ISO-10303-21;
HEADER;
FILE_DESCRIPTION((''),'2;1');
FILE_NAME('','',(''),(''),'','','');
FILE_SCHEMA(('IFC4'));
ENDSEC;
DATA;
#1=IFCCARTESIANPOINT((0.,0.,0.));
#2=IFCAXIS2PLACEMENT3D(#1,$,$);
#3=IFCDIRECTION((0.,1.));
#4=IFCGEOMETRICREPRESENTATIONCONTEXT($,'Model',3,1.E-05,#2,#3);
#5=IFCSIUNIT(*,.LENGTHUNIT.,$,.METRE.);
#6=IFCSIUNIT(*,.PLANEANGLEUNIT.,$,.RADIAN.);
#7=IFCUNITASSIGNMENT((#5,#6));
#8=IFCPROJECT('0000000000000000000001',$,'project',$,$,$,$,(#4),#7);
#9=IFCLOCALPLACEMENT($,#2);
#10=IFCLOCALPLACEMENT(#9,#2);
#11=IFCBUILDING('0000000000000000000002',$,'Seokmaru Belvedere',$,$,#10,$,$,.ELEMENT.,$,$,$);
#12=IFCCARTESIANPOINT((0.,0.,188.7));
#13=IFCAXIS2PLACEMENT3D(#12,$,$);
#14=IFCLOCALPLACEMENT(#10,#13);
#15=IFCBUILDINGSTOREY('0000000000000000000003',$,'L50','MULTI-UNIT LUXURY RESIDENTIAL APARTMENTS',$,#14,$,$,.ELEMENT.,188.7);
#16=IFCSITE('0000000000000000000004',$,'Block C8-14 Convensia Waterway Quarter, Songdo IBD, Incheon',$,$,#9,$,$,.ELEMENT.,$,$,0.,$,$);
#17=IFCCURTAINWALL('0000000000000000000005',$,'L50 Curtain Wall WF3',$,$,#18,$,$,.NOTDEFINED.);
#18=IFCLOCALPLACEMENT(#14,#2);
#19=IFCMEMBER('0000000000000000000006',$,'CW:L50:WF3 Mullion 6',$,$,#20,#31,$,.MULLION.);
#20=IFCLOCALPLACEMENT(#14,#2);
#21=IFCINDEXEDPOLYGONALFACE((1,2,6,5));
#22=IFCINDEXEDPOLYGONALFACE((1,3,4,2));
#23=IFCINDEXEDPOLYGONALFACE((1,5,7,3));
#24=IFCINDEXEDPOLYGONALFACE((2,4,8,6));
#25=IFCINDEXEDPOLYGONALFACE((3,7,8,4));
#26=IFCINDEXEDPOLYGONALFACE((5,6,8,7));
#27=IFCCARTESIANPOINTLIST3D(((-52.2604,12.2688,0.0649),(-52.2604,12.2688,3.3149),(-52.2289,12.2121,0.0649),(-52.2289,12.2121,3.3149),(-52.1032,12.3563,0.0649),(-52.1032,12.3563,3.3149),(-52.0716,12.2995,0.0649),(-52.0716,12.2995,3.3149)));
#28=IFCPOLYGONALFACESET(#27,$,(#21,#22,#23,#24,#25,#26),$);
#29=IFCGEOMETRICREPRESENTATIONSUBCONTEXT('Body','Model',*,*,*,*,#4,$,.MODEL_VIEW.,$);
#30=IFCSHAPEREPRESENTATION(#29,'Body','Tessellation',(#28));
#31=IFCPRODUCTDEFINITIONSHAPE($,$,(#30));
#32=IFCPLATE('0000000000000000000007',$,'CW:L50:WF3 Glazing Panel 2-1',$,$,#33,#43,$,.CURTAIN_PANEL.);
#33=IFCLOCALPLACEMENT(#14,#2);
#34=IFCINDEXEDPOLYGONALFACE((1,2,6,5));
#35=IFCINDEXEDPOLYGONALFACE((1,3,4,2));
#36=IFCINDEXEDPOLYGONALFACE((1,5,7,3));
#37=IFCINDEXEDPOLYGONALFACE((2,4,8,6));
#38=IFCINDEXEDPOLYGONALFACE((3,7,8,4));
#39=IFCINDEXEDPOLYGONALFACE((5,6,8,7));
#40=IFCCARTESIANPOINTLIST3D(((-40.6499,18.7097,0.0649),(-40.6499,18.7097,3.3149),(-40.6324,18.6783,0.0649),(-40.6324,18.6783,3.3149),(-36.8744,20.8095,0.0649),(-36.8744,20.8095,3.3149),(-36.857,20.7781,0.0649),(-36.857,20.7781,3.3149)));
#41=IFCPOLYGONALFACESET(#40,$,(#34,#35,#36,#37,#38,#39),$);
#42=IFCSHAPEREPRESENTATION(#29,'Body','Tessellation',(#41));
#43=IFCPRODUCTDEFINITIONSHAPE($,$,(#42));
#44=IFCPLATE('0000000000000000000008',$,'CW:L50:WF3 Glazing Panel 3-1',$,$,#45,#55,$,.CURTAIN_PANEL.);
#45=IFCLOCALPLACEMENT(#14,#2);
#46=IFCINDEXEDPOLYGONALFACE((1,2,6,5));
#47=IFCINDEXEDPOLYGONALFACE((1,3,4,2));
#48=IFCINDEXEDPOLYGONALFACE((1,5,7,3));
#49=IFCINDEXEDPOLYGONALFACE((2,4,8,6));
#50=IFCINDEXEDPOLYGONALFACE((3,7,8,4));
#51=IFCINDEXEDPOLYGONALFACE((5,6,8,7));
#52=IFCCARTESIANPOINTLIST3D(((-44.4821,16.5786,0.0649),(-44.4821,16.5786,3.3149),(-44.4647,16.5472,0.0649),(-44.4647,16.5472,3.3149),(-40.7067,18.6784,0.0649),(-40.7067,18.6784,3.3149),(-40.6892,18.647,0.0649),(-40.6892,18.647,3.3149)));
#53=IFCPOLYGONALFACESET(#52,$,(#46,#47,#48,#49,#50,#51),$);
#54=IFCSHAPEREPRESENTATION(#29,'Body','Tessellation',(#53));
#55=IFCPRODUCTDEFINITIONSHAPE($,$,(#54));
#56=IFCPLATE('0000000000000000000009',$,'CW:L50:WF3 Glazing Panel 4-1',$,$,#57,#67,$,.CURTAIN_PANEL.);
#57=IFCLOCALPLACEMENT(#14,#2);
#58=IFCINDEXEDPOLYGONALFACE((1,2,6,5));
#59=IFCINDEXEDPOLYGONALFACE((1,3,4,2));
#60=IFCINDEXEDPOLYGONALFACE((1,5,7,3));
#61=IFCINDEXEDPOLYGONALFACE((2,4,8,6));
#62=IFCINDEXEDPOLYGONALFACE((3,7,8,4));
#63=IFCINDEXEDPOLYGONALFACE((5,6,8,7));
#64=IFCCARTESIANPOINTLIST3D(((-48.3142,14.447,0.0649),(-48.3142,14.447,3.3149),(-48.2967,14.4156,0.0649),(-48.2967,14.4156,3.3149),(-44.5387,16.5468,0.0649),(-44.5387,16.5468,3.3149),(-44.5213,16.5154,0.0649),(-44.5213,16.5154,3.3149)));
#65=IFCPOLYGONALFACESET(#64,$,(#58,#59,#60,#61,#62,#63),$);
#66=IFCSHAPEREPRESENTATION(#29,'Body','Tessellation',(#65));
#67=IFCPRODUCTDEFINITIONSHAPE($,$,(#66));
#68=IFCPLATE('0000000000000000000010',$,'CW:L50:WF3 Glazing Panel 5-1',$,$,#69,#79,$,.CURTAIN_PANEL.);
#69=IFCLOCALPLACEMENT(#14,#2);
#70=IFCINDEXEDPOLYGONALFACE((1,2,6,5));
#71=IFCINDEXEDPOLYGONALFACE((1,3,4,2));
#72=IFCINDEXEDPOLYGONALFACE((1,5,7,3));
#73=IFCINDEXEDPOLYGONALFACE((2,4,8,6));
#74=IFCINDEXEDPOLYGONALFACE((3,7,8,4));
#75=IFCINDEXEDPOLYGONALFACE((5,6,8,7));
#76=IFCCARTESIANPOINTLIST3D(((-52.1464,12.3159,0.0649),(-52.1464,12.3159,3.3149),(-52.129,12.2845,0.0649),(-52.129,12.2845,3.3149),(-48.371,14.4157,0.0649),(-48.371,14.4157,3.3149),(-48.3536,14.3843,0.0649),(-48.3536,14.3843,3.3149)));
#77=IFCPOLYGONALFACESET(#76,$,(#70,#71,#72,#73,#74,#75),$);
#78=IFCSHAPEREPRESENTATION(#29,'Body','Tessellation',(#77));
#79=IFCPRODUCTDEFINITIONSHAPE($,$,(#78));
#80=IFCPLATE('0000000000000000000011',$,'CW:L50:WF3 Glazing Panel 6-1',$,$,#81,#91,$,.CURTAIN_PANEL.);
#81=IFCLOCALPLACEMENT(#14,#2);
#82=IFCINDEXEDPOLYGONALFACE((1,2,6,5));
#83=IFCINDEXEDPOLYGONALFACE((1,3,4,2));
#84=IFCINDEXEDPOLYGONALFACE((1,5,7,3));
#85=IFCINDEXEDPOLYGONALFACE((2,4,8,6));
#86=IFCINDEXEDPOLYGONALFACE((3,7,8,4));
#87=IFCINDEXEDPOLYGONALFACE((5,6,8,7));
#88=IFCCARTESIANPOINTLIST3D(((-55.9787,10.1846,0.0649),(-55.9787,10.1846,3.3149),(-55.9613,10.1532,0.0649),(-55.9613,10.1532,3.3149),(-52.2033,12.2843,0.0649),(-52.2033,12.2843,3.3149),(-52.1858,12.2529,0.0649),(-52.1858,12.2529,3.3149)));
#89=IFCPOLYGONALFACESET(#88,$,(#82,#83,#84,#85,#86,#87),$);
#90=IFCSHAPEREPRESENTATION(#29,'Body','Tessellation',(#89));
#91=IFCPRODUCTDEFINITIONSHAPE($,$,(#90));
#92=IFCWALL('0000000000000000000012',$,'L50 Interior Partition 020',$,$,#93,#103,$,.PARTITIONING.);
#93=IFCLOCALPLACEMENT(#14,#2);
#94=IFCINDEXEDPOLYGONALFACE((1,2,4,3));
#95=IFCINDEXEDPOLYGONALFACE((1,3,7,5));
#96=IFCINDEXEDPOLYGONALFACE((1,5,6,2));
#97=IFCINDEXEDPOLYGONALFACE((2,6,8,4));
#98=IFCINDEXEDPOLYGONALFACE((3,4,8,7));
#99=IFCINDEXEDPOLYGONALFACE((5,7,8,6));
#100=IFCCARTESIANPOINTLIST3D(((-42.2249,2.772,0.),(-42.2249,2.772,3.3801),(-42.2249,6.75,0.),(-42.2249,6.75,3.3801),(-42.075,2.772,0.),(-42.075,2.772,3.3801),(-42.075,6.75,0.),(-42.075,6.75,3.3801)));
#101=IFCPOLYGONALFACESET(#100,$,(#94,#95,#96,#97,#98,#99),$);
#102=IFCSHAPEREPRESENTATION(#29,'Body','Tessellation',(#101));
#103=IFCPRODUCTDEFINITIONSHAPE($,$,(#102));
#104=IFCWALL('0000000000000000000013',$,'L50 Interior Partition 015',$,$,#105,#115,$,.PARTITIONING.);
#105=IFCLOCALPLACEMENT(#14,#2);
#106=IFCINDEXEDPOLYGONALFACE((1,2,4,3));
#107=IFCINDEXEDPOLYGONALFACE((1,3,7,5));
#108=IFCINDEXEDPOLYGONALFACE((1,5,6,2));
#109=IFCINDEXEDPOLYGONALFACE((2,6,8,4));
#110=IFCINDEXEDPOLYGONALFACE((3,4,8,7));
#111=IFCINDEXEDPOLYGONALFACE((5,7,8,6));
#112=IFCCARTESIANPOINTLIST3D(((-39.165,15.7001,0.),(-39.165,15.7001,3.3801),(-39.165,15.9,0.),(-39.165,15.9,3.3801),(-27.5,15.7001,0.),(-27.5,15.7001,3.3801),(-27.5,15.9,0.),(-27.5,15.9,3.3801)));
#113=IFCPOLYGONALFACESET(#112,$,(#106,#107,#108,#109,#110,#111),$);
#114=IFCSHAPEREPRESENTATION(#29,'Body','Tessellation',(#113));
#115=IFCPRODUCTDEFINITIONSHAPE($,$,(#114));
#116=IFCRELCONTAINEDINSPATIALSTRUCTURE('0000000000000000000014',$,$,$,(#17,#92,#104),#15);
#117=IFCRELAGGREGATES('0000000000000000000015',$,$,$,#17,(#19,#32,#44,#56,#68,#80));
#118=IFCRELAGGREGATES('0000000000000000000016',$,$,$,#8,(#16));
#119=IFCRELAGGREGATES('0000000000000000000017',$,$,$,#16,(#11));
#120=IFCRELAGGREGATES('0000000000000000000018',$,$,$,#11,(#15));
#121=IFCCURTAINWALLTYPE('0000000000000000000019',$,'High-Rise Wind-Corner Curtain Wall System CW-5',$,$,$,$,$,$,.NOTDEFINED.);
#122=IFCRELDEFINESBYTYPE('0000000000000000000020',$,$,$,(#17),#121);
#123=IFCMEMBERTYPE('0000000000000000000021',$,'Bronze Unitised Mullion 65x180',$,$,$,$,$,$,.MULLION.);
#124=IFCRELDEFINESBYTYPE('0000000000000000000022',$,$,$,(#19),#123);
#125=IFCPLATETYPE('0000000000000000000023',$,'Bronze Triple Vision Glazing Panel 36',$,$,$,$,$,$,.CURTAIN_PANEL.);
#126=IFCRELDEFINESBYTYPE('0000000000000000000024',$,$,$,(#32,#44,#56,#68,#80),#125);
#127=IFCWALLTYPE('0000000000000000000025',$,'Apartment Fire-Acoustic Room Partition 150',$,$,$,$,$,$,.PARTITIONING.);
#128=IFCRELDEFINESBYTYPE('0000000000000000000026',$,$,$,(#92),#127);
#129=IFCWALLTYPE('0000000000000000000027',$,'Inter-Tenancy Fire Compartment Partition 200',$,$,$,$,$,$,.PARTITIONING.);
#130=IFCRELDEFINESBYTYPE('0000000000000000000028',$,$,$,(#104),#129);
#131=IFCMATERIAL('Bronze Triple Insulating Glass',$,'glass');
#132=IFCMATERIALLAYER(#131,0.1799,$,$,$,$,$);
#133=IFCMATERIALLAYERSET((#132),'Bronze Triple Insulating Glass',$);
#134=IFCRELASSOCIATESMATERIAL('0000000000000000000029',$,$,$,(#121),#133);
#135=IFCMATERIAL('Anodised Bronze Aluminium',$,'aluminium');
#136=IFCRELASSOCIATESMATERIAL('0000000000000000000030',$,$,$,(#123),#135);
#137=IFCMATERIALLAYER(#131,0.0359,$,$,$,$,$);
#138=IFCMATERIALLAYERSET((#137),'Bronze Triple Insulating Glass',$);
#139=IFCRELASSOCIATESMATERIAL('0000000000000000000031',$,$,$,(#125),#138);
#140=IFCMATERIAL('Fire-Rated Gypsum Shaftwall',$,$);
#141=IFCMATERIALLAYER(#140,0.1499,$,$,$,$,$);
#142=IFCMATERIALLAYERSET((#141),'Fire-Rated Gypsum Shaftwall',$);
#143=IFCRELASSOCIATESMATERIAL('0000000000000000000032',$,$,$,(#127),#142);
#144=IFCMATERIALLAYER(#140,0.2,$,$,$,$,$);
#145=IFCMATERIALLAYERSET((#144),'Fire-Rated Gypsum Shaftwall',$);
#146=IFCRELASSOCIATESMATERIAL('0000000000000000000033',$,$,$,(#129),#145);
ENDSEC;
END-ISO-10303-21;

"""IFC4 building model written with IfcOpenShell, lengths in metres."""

from ifc_helpers import new_model, si_unit, direction, frame, frame_2d, origin, origin_2d, place, context, subcontext, project, spatial, rectangle, extrude, source, transform, mapped, material, layer, layer_set, material_profile, profile_set, type_object, type_shapes, element, aggregate, save


model = new_model("IFC4")

# Units and contexts
model_context = context("Model", 3, precision=1e-05, world=origin(), true_north=direction((0.0, 1.0)))
body_context = subcontext(model_context, "Body", "Model", "MODEL_VIEW")
ifc_project = project(units=[si_unit("LENGTHUNIT", "METRE"), si_unit("PLANEANGLEUNIT", "RADIAN")], contexts=[model_context])

# Site, building, storey
site_placement = place(None, origin())
site = spatial("IfcSite", under=ifc_project, at=site_placement, Name="Block C8-14 Convensia Waterway Quarter, Songdo IBD, Incheon", CompositionType="ELEMENT", RefElevation=0.0)
building_placement = place(site_placement, origin())
building = spatial("IfcBuilding", under=site, at=building_placement, Name="Seokmaru Belvedere", CompositionType="ELEMENT")
storey_placement = place(building_placement, frame((0.0, 0.0, 188.7)))
storey = spatial("IfcBuildingStorey", under=building, at=storey_placement, Name="L50", Description="MULTI-UNIT LUXURY RESIDENTIAL APARTMENTS", CompositionType="ELEMENT", Elevation=188.7)

# Curtain wall, member, plates
ifc_material_1 = material(Name="Bronze Triple Insulating Glass", Category="glass")
ifc_layer_1 = layer(ifc_material_1, 0.1799)
ifc_layer_set_1 = layer_set([ifc_layer_1], Name="Bronze Triple Insulating Glass")
curtain_wall_type = type_object("IfcCurtainWallType", Name="High-Rise Wind-Corner Curtain Wall System CW-5", PredefinedType="NOTDEFINED", material=ifc_layer_set_1)
curtain_wall_placement = place(storey_placement, origin())
curtain_wall = element("IfcCurtainWall", 1, at=curtain_wall_placement, inside=storey, type_object=curtain_wall_type, Name="L50 Curtain Wall WF3", PredefinedType="NOTDEFINED")
ifc_material_2 = material(Name="Anodised Bronze Aluminium", Category="aluminium")
ifc_material_profile_1 = material_profile(ifc_material_2, rectangle(XDim=0.0649, YDim=0.1799, at=origin_2d()), Name="CW-M-65x180")
ifc_profile_set_1 = profile_set([ifc_material_profile_1], Name="Anodised Bronze Aluminium")
member_type = type_object("IfcMemberType", Name="Bronze Unitised Mullion 65x180", PredefinedType="MULLION", material=ifc_profile_set_1)
shared_shape_1 = source(origin(), body_context, "Body", "SweptSolid", [
    extrude(rectangle(XDim=0.0649, YDim=0.1799, at=origin_2d()), origin(), (0.0, 0.0, 1.0), 3.25),
])
type_shapes(member_type, [shared_shape_1])
member_1_placement = place(storey_placement, frame((-52.166, 12.2842, 0.0649), z_axis=(0.0, 0.0, 1.0), x_axis=(0.486047, -0.873933, 0.0)))
member_1 = element("IfcMember", 2, at=member_1_placement, type_object=member_type, Name="CW:L50:WF3 Mullion 6", PredefinedType="MULLION", context=body_context, shape_type="MappedRepresentation", body=[
    mapped(shared_shape_1, transform((0.0, 0.0, 0.0), scale=1.0)),
])
ifc_layer_2 = layer(ifc_material_1, 0.0359)
ifc_layer_set_2 = layer_set([ifc_layer_2], Name="Bronze Triple Insulating Glass")
plate_type = type_object("IfcPlateType", Name="Bronze Triple Vision Glazing Panel 36", PredefinedType="CURTAIN_PANEL", material=ifc_layer_set_2)
shared_shape_2 = source(origin(), body_context, "Body", "SweptSolid", [
    extrude(rectangle(XDim=4.3201, YDim=0.0359, at=origin_2d()), origin(), (0.0, 0.0, 1.0), 3.25),
])
type_shapes(plate_type, [shared_shape_2])
plate_1_placement = place(storey_placement, frame((-38.7534, 19.7439, 0.0649), z_axis=(0.0, 0.0, 1.0), x_axis=(-0.873933, -0.486047, 0.0)))
plate_1 = element("IfcPlate", 3, at=plate_1_placement, type_object=plate_type, Name="CW:L50:WF3 Glazing Panel 2-1", PredefinedType="CURTAIN_PANEL", context=body_context, shape_type="MappedRepresentation", body=[
    mapped(shared_shape_2, transform((0.0, 0.0, 0.0), scale=1.0)),
])
plate_2_placement = place(storey_placement, frame((-42.5857, 17.6128, 0.0649), z_axis=(0.0, 0.0, 1.0), x_axis=(-0.873933, -0.486047, 0.0)))
plate_2 = element("IfcPlate", 4, at=plate_2_placement, type_object=plate_type, Name="CW:L50:WF3 Glazing Panel 3-1", PredefinedType="CURTAIN_PANEL", context=body_context, shape_type="MappedRepresentation", body=[
    mapped(shared_shape_2, transform((0.0, 0.0, 0.0), scale=1.0)),
])
plate_3_placement = place(storey_placement, frame((-46.4177, 15.4812, 0.0649), z_axis=(0.0, 0.0, 1.0), x_axis=(-0.873933, -0.486047, 0.0)))
plate_3 = element("IfcPlate", 5, at=plate_3_placement, type_object=plate_type, Name="CW:L50:WF3 Glazing Panel 4-1", PredefinedType="CURTAIN_PANEL", context=body_context, shape_type="MappedRepresentation", body=[
    mapped(shared_shape_2, transform((0.0, 0.0, 0.0), scale=1.0)),
])
plate_4_placement = place(storey_placement, frame((-50.25, 13.3501, 0.0649), z_axis=(0.0, 0.0, 1.0), x_axis=(-0.873933, -0.486047, 0.0)))
plate_4 = element("IfcPlate", 6, at=plate_4_placement, type_object=plate_type, Name="CW:L50:WF3 Glazing Panel 5-1", PredefinedType="CURTAIN_PANEL", context=body_context, shape_type="MappedRepresentation", body=[
    mapped(shared_shape_2, transform((0.0, 0.0, 0.0), scale=1.0)),
])
plate_5_placement = place(storey_placement, frame((-54.0823, 11.2188, 0.0649), z_axis=(0.0, 0.0, 1.0), x_axis=(-0.873933, -0.486047, 0.0)))
plate_5 = element("IfcPlate", 7, at=plate_5_placement, type_object=plate_type, Name="CW:L50:WF3 Glazing Panel 6-1", PredefinedType="CURTAIN_PANEL", context=body_context, shape_type="MappedRepresentation", body=[
    mapped(shared_shape_2, transform((0.0, 0.0, 0.0), scale=1.0)),
])
aggregate(curtain_wall, [member_1, plate_1, plate_2, plate_3, plate_4, plate_5])

# Shared definitions
ifc_material_3 = material(Name="Fire-Rated Gypsum Shaftwall")
ifc_layer_3 = layer(ifc_material_3, 0.1499)
ifc_layer_set_3 = layer_set([ifc_layer_3], Name="Fire-Rated Gypsum Shaftwall")
wall_type_1 = type_object("IfcWallType", Name="Apartment Fire-Acoustic Room Partition 150", PredefinedType="PARTITIONING", material=ifc_layer_set_3)

# Walls
wall_1_placement = place(storey_placement, frame((-42.1499, 2.772, 0.0), z_axis=(0.0, 0.0, 1.0), x_axis=(0.0, 1.0, 0.0)))
element("IfcWall", 8, at=wall_1_placement, inside=storey, type_object=wall_type_1, Name="L50 Interior Partition 020", PredefinedType="PARTITIONING", context=body_context, shape_type="SweptSolid", body=[
    extrude(rectangle(XDim=3.978, YDim=0.1499, at=frame_2d((1.989, 0.0))), origin(), (0.0, 0.0, 1.0), 3.3801),
])
ifc_layer_4 = layer(ifc_material_3, 0.2)
ifc_layer_set_4 = layer_set([ifc_layer_4], Name="Fire-Rated Gypsum Shaftwall")
wall_type_2 = type_object("IfcWallType", Name="Inter-Tenancy Fire Compartment Partition 200", PredefinedType="PARTITIONING", material=ifc_layer_set_4)
wall_2_placement = place(storey_placement, frame((-39.165, 15.8, 0.0), z_axis=(0.0, 0.0, 1.0), x_axis=(1.0, 0.0, 0.0)))
element("IfcWall", 9, at=wall_2_placement, inside=storey, type_object=wall_type_2, Name="L50 Interior Partition 015", PredefinedType="PARTITIONING", context=body_context, shape_type="SweptSolid", body=[
    extrude(rectangle(XDim=11.665, YDim=0.2, at=frame_2d((5.8325, 0.0))), origin(), (0.0, 0.0, 1.0), 3.3801),
])

save(model, "model.ifc")
